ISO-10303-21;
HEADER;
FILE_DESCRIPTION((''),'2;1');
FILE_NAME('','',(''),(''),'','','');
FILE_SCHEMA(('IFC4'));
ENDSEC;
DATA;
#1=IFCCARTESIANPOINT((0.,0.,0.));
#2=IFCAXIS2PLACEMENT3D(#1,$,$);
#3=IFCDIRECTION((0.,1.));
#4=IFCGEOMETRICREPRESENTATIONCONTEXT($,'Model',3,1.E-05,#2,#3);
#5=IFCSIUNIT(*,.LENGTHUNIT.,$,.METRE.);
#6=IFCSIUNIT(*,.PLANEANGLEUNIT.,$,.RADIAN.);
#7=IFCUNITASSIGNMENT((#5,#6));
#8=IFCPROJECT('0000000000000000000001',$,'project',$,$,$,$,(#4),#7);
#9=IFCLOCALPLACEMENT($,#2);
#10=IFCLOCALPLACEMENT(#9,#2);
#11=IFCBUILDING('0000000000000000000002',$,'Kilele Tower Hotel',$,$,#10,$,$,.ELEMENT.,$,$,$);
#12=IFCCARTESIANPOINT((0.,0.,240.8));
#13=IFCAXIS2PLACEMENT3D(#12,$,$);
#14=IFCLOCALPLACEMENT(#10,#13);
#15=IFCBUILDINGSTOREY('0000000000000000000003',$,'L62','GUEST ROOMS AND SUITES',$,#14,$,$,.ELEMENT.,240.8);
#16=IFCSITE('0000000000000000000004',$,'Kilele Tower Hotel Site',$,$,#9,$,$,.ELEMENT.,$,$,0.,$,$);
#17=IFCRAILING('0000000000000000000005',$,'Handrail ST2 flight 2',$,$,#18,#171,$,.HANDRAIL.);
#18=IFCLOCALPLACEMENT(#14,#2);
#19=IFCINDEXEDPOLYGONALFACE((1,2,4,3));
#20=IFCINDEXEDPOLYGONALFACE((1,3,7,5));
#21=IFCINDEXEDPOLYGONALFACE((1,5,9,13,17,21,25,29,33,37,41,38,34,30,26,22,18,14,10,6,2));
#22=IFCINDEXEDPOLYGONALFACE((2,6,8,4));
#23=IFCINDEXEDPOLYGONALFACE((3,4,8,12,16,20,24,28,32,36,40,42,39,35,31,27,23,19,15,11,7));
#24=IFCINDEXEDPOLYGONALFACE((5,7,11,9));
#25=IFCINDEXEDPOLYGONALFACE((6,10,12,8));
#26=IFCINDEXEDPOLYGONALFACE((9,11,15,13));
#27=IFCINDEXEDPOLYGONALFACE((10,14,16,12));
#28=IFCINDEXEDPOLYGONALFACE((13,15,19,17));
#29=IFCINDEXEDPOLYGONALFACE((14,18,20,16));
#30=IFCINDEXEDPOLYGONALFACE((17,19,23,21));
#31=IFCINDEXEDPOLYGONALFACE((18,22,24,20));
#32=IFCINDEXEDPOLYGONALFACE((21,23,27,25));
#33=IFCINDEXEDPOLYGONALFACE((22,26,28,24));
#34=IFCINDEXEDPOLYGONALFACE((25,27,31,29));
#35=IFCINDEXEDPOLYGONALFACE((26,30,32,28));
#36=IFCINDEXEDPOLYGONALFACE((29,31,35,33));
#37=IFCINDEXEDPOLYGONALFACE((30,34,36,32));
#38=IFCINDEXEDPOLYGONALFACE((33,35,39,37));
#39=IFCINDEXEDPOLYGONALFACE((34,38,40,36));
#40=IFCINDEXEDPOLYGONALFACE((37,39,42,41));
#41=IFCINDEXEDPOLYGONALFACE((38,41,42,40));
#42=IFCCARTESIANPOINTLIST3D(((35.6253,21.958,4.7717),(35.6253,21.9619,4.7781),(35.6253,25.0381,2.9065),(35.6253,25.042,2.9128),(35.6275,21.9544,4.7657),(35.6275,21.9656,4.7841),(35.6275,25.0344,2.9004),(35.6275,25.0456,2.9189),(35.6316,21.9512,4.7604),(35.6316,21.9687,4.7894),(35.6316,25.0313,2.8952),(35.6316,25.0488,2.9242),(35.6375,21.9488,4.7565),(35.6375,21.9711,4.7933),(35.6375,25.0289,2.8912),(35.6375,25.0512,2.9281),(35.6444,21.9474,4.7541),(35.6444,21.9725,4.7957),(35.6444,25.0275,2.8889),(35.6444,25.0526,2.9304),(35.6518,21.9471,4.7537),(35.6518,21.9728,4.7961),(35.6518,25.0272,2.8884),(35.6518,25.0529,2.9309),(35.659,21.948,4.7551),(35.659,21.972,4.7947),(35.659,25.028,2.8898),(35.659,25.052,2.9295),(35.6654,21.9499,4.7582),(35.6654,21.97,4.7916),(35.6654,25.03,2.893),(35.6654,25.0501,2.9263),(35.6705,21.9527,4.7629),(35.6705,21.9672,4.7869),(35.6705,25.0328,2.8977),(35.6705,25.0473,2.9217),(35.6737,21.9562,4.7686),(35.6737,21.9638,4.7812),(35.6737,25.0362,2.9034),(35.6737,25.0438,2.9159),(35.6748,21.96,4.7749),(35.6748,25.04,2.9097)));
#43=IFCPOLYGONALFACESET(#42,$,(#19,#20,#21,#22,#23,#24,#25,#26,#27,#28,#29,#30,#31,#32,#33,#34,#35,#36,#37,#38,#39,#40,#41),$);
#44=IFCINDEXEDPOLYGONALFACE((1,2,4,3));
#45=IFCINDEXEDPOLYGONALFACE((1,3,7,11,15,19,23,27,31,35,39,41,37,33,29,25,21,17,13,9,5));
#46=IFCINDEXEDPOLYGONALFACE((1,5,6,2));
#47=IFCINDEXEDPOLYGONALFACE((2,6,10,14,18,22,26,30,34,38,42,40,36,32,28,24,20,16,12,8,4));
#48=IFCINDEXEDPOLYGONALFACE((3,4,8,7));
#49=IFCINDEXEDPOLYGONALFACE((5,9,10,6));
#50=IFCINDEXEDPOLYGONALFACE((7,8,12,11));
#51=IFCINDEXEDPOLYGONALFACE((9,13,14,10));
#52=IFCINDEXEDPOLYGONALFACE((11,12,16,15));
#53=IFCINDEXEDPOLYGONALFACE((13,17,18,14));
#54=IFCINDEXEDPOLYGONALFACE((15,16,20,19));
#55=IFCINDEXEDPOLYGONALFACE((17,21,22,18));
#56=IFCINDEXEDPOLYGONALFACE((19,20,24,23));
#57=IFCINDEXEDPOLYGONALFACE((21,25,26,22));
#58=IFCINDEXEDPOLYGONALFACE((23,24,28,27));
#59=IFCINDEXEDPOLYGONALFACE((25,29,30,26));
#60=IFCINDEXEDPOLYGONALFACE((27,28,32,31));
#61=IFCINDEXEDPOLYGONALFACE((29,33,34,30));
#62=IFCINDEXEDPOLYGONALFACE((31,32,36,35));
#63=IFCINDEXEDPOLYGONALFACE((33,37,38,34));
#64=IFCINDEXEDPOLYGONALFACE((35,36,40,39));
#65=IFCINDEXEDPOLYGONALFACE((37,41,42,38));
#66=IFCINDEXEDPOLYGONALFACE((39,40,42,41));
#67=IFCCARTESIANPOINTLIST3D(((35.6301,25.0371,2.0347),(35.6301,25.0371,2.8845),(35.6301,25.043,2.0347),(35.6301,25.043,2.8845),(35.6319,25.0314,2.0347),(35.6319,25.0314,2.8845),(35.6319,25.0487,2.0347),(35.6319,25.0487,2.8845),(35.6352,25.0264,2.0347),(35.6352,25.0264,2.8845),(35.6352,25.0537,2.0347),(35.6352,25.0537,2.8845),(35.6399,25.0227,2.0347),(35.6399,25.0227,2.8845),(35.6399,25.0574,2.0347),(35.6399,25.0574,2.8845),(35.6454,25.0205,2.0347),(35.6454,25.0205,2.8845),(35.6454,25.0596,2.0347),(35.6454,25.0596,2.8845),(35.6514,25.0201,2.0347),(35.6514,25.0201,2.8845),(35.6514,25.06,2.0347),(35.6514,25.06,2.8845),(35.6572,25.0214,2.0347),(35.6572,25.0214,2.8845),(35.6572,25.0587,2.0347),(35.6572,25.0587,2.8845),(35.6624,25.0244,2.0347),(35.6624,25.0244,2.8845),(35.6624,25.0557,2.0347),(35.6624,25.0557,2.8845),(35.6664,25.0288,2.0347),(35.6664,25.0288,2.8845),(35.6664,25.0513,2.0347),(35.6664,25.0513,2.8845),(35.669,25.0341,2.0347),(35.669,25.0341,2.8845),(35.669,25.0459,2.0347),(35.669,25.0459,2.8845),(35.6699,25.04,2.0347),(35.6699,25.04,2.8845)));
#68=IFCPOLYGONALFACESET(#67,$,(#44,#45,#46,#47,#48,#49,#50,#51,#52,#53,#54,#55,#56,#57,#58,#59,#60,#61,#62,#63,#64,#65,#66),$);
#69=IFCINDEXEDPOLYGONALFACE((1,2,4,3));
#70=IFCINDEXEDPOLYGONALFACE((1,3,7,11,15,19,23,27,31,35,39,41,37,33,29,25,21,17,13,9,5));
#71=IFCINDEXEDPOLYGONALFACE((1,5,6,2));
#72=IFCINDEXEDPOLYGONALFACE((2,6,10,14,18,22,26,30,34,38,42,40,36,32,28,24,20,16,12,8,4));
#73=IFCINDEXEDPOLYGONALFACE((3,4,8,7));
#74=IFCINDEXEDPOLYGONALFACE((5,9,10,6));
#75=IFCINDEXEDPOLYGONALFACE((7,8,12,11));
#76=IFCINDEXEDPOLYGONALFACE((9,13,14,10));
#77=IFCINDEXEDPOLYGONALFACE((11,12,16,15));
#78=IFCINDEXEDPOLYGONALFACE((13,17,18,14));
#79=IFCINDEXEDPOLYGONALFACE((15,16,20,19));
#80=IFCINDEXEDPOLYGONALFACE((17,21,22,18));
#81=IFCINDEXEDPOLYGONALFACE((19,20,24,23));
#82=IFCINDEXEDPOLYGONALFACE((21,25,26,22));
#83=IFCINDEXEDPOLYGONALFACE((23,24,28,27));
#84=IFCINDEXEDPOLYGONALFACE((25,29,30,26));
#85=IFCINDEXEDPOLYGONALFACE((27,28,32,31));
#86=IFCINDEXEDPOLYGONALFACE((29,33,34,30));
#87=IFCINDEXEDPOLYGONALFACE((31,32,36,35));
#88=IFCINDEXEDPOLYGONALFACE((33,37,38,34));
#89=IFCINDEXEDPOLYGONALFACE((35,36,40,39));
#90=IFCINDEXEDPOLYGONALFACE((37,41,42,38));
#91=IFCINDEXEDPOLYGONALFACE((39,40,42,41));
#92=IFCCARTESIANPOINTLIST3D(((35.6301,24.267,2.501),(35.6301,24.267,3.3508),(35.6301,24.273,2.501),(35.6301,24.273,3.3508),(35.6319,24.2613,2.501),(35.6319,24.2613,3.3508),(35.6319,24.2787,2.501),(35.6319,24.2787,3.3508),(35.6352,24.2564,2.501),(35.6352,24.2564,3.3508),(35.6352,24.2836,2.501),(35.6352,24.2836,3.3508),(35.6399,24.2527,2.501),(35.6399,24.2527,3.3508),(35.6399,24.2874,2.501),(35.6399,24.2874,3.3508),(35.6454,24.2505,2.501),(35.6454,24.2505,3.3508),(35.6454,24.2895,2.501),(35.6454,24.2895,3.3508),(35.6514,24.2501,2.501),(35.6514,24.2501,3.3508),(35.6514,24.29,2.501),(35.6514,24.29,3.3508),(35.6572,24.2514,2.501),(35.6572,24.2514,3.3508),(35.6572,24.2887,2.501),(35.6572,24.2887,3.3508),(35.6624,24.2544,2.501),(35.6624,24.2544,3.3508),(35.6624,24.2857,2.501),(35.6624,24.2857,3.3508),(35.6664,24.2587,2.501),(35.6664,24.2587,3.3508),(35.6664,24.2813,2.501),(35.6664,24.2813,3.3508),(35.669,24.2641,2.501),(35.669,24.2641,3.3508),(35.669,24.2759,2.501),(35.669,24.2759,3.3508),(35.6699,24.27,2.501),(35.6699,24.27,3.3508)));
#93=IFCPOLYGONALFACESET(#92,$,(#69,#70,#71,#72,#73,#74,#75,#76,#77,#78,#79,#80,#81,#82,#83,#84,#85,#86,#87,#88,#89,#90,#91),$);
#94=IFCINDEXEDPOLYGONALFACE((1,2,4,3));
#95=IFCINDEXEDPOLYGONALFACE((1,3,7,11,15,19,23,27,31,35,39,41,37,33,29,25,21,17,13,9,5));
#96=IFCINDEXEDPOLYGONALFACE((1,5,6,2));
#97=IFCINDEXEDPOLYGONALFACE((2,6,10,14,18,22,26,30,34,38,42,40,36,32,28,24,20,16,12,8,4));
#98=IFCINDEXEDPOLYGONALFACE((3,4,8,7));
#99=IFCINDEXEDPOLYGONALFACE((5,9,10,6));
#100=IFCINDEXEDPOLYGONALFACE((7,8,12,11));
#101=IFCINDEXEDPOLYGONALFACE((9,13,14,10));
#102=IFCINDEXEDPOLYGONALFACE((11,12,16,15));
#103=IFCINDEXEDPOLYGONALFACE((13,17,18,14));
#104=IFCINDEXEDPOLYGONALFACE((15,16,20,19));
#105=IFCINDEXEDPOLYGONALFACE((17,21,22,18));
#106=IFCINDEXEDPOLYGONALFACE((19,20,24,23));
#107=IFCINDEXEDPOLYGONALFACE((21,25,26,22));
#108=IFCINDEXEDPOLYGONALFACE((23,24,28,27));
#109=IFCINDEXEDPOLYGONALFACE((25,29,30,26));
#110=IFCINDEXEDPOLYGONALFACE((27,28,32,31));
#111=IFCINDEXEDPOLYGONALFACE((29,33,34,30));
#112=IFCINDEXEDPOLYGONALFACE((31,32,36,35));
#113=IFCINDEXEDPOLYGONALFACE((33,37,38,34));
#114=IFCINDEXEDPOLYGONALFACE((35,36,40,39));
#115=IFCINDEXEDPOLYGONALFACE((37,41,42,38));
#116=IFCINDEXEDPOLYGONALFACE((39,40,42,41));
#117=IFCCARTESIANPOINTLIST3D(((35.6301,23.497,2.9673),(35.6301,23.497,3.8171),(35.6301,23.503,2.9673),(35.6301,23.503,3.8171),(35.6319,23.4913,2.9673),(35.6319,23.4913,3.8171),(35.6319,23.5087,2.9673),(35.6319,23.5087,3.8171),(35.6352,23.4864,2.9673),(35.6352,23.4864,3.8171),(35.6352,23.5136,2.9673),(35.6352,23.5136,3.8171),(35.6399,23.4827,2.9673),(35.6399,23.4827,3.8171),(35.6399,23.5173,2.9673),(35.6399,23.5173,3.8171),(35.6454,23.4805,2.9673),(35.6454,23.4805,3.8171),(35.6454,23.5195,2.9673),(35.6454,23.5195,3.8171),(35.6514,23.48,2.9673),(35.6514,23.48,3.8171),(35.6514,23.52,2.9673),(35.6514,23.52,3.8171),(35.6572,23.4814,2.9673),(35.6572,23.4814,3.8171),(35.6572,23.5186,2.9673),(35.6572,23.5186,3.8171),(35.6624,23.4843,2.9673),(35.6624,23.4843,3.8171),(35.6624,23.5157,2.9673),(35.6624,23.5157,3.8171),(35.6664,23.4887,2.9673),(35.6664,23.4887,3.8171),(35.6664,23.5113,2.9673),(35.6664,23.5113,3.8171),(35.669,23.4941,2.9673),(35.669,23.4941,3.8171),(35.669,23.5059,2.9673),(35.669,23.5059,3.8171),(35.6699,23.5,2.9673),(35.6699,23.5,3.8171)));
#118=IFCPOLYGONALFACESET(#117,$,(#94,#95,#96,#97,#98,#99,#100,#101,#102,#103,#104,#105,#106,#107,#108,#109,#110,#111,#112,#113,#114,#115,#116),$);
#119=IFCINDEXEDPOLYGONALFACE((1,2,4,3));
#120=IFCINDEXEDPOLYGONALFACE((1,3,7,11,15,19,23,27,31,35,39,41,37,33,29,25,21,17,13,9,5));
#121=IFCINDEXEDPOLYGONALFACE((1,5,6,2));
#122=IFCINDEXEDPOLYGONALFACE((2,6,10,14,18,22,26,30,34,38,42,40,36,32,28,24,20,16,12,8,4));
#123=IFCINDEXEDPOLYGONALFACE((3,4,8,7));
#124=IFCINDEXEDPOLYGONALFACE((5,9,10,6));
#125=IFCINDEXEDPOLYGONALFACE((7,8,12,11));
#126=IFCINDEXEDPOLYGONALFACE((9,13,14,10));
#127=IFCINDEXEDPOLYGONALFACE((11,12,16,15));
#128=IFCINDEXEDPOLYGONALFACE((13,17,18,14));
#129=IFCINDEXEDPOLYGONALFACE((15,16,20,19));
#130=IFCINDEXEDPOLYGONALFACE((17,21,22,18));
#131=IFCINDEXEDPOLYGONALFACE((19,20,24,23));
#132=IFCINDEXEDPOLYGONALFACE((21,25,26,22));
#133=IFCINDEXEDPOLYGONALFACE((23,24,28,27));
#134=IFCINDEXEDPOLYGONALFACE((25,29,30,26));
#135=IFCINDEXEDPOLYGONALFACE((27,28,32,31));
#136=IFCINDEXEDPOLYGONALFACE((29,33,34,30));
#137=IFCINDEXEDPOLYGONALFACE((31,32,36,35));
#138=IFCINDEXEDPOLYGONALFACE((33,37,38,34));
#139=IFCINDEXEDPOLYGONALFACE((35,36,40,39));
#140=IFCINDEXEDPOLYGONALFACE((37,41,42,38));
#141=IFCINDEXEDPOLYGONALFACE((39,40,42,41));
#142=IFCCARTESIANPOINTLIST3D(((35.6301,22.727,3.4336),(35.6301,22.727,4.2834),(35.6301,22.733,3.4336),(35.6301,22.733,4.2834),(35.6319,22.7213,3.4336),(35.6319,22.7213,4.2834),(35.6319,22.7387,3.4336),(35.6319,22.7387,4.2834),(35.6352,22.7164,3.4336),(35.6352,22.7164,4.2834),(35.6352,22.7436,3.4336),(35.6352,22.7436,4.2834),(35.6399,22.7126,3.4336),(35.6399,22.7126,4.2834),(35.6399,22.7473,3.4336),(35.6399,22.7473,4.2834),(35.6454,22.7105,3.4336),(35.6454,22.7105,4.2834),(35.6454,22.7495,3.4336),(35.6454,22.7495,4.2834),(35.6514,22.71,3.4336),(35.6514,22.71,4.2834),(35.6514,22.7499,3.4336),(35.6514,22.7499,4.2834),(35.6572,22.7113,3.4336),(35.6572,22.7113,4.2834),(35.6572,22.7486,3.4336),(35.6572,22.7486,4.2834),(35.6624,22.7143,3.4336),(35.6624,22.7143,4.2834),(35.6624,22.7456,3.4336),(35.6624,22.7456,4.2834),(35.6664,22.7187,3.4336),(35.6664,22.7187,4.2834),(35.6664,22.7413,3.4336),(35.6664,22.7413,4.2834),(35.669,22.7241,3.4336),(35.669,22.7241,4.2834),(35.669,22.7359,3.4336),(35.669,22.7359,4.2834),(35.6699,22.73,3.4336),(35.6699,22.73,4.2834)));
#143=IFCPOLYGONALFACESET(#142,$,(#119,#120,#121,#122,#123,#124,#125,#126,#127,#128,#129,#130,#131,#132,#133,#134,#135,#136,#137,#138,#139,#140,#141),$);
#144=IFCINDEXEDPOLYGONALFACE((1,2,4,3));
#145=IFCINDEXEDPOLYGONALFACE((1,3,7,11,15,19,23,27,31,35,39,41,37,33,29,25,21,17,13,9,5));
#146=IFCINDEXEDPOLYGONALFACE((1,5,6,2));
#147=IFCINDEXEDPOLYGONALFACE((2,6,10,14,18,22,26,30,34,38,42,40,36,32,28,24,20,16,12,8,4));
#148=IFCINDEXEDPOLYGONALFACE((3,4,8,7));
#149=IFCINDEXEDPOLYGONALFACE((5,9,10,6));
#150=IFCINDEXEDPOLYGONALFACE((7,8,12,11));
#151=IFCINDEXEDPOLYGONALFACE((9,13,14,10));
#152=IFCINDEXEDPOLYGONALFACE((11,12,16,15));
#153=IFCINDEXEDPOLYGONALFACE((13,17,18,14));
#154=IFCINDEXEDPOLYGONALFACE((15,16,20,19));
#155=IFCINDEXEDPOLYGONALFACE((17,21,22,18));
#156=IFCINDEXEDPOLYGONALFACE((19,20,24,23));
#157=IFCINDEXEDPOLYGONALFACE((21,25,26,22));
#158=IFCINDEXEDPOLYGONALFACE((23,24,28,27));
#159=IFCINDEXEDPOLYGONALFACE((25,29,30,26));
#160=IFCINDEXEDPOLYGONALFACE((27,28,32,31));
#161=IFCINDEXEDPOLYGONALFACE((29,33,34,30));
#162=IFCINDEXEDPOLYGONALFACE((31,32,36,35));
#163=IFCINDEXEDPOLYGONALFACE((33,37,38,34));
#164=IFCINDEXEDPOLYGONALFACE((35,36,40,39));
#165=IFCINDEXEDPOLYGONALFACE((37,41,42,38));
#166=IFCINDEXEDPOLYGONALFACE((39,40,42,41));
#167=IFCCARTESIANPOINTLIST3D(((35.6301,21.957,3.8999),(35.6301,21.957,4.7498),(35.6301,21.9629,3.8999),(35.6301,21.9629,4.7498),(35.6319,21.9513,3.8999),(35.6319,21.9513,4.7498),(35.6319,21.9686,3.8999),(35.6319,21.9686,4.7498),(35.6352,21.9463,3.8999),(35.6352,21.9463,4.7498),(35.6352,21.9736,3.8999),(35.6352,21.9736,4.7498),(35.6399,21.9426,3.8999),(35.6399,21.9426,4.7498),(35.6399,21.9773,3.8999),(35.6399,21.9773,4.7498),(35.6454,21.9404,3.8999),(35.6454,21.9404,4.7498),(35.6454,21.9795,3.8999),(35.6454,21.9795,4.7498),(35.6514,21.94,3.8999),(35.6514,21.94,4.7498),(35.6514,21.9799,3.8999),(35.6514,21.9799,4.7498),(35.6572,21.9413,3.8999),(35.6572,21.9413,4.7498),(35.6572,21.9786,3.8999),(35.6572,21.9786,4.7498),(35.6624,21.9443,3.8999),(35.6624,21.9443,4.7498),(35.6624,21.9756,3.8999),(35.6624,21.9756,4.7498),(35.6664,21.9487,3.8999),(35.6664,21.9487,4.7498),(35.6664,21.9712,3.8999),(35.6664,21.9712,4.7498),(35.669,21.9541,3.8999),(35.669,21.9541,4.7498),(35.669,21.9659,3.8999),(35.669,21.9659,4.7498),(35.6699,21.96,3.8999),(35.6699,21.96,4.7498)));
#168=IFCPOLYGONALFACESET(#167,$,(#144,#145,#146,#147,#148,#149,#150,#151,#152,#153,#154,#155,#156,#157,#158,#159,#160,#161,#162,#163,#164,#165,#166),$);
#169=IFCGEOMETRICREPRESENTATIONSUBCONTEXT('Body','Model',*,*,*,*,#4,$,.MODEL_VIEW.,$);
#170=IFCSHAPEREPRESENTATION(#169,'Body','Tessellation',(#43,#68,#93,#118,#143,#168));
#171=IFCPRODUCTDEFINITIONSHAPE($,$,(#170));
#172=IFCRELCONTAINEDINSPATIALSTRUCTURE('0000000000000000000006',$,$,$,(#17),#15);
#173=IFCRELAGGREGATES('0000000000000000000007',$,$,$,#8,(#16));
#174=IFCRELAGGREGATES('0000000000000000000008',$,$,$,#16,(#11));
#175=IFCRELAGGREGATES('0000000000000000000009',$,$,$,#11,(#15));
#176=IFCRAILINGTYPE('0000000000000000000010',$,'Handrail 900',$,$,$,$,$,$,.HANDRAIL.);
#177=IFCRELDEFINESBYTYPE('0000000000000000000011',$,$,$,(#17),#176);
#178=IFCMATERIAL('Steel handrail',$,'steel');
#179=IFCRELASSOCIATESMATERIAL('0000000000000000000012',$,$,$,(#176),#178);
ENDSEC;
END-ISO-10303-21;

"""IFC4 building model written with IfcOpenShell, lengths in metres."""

from ifc_helpers import new_model, si_unit, direction, frame, origin, origin_2d, place, context, subcontext, project, spatial, circle, extrude, material, type_object, element, save


model = new_model("IFC4")

# Units and contexts
model_context = context("Model", 3, precision=1e-05, world=origin(), true_north=direction((0.0, 1.0)))
body_context = subcontext(model_context, "Body", "Model", "MODEL_VIEW")
ifc_project = project(units=[si_unit("LENGTHUNIT", "METRE"), si_unit("PLANEANGLEUNIT", "RADIAN")], contexts=[model_context])

# Site, building, storey
site_placement = place(None, origin())
site = spatial("IfcSite", under=ifc_project, at=site_placement, Name="Kilele Tower Hotel Site", CompositionType="ELEMENT", RefElevation=0.0)
building_placement = place(site_placement, origin())
building = spatial("IfcBuilding", under=site, at=building_placement, Name="Kilele Tower Hotel", CompositionType="ELEMENT")
storey_placement = place(building_placement, frame((0.0, 0.0, 240.8)))
storey = spatial("IfcBuildingStorey", under=building, at=storey_placement, Name="L62", Description="GUEST ROOMS AND SUITES", CompositionType="ELEMENT", Elevation=240.8)

# Railing
ifc_material_1 = material(Name="Steel handrail", Category="steel")
railing_type_1 = type_object("IfcRailingType", Name="Handrail 900", PredefinedType="HANDRAIL", material=ifc_material_1)
for number, where, name in (
    (1, (35.6499, 25.04, 2.0347), "Handrail ST2 flight 2"),
):
    element("IfcRailing", number, at=place(storey_placement, frame(where)), inside=storey, type_object=railing_type_1, Name=name, PredefinedType="HANDRAIL", context=body_context, shape_type="SweptSolid", body=[
        extrude(circle(Radius=0.0249, at=origin_2d()), frame((0.0, 0.0, 0.875), z_axis=(0.0, -0.85538, 0.518001), x_axis=(1.0, 0.0, 0.0)), (0.0, 0.0, 1.0), 3.6008),
        extrude(circle(Radius=0.02, at=origin_2d()), origin(), (0.0, 0.0, 1.0), 0.8499),
        extrude(circle(Radius=0.02, at=origin_2d()), frame((0.0, -0.77, 0.4663)), (0.0, 0.0, 1.0), 0.8499),
        extrude(circle(Radius=0.02, at=origin_2d()), frame((0.0, -1.54, 0.9326)), (0.0, 0.0, 1.0), 0.8499),
        extrude(circle(Radius=0.02, at=origin_2d()), frame((0.0, -2.3101, 1.3989)), (0.0, 0.0, 1.0), 0.8499),
        extrude(circle(Radius=0.02, at=origin_2d()), frame((0.0, -3.0801, 1.8652)), (0.0, 0.0, 1.0), 0.8499),
    ])

save(model, "model.ifc")
